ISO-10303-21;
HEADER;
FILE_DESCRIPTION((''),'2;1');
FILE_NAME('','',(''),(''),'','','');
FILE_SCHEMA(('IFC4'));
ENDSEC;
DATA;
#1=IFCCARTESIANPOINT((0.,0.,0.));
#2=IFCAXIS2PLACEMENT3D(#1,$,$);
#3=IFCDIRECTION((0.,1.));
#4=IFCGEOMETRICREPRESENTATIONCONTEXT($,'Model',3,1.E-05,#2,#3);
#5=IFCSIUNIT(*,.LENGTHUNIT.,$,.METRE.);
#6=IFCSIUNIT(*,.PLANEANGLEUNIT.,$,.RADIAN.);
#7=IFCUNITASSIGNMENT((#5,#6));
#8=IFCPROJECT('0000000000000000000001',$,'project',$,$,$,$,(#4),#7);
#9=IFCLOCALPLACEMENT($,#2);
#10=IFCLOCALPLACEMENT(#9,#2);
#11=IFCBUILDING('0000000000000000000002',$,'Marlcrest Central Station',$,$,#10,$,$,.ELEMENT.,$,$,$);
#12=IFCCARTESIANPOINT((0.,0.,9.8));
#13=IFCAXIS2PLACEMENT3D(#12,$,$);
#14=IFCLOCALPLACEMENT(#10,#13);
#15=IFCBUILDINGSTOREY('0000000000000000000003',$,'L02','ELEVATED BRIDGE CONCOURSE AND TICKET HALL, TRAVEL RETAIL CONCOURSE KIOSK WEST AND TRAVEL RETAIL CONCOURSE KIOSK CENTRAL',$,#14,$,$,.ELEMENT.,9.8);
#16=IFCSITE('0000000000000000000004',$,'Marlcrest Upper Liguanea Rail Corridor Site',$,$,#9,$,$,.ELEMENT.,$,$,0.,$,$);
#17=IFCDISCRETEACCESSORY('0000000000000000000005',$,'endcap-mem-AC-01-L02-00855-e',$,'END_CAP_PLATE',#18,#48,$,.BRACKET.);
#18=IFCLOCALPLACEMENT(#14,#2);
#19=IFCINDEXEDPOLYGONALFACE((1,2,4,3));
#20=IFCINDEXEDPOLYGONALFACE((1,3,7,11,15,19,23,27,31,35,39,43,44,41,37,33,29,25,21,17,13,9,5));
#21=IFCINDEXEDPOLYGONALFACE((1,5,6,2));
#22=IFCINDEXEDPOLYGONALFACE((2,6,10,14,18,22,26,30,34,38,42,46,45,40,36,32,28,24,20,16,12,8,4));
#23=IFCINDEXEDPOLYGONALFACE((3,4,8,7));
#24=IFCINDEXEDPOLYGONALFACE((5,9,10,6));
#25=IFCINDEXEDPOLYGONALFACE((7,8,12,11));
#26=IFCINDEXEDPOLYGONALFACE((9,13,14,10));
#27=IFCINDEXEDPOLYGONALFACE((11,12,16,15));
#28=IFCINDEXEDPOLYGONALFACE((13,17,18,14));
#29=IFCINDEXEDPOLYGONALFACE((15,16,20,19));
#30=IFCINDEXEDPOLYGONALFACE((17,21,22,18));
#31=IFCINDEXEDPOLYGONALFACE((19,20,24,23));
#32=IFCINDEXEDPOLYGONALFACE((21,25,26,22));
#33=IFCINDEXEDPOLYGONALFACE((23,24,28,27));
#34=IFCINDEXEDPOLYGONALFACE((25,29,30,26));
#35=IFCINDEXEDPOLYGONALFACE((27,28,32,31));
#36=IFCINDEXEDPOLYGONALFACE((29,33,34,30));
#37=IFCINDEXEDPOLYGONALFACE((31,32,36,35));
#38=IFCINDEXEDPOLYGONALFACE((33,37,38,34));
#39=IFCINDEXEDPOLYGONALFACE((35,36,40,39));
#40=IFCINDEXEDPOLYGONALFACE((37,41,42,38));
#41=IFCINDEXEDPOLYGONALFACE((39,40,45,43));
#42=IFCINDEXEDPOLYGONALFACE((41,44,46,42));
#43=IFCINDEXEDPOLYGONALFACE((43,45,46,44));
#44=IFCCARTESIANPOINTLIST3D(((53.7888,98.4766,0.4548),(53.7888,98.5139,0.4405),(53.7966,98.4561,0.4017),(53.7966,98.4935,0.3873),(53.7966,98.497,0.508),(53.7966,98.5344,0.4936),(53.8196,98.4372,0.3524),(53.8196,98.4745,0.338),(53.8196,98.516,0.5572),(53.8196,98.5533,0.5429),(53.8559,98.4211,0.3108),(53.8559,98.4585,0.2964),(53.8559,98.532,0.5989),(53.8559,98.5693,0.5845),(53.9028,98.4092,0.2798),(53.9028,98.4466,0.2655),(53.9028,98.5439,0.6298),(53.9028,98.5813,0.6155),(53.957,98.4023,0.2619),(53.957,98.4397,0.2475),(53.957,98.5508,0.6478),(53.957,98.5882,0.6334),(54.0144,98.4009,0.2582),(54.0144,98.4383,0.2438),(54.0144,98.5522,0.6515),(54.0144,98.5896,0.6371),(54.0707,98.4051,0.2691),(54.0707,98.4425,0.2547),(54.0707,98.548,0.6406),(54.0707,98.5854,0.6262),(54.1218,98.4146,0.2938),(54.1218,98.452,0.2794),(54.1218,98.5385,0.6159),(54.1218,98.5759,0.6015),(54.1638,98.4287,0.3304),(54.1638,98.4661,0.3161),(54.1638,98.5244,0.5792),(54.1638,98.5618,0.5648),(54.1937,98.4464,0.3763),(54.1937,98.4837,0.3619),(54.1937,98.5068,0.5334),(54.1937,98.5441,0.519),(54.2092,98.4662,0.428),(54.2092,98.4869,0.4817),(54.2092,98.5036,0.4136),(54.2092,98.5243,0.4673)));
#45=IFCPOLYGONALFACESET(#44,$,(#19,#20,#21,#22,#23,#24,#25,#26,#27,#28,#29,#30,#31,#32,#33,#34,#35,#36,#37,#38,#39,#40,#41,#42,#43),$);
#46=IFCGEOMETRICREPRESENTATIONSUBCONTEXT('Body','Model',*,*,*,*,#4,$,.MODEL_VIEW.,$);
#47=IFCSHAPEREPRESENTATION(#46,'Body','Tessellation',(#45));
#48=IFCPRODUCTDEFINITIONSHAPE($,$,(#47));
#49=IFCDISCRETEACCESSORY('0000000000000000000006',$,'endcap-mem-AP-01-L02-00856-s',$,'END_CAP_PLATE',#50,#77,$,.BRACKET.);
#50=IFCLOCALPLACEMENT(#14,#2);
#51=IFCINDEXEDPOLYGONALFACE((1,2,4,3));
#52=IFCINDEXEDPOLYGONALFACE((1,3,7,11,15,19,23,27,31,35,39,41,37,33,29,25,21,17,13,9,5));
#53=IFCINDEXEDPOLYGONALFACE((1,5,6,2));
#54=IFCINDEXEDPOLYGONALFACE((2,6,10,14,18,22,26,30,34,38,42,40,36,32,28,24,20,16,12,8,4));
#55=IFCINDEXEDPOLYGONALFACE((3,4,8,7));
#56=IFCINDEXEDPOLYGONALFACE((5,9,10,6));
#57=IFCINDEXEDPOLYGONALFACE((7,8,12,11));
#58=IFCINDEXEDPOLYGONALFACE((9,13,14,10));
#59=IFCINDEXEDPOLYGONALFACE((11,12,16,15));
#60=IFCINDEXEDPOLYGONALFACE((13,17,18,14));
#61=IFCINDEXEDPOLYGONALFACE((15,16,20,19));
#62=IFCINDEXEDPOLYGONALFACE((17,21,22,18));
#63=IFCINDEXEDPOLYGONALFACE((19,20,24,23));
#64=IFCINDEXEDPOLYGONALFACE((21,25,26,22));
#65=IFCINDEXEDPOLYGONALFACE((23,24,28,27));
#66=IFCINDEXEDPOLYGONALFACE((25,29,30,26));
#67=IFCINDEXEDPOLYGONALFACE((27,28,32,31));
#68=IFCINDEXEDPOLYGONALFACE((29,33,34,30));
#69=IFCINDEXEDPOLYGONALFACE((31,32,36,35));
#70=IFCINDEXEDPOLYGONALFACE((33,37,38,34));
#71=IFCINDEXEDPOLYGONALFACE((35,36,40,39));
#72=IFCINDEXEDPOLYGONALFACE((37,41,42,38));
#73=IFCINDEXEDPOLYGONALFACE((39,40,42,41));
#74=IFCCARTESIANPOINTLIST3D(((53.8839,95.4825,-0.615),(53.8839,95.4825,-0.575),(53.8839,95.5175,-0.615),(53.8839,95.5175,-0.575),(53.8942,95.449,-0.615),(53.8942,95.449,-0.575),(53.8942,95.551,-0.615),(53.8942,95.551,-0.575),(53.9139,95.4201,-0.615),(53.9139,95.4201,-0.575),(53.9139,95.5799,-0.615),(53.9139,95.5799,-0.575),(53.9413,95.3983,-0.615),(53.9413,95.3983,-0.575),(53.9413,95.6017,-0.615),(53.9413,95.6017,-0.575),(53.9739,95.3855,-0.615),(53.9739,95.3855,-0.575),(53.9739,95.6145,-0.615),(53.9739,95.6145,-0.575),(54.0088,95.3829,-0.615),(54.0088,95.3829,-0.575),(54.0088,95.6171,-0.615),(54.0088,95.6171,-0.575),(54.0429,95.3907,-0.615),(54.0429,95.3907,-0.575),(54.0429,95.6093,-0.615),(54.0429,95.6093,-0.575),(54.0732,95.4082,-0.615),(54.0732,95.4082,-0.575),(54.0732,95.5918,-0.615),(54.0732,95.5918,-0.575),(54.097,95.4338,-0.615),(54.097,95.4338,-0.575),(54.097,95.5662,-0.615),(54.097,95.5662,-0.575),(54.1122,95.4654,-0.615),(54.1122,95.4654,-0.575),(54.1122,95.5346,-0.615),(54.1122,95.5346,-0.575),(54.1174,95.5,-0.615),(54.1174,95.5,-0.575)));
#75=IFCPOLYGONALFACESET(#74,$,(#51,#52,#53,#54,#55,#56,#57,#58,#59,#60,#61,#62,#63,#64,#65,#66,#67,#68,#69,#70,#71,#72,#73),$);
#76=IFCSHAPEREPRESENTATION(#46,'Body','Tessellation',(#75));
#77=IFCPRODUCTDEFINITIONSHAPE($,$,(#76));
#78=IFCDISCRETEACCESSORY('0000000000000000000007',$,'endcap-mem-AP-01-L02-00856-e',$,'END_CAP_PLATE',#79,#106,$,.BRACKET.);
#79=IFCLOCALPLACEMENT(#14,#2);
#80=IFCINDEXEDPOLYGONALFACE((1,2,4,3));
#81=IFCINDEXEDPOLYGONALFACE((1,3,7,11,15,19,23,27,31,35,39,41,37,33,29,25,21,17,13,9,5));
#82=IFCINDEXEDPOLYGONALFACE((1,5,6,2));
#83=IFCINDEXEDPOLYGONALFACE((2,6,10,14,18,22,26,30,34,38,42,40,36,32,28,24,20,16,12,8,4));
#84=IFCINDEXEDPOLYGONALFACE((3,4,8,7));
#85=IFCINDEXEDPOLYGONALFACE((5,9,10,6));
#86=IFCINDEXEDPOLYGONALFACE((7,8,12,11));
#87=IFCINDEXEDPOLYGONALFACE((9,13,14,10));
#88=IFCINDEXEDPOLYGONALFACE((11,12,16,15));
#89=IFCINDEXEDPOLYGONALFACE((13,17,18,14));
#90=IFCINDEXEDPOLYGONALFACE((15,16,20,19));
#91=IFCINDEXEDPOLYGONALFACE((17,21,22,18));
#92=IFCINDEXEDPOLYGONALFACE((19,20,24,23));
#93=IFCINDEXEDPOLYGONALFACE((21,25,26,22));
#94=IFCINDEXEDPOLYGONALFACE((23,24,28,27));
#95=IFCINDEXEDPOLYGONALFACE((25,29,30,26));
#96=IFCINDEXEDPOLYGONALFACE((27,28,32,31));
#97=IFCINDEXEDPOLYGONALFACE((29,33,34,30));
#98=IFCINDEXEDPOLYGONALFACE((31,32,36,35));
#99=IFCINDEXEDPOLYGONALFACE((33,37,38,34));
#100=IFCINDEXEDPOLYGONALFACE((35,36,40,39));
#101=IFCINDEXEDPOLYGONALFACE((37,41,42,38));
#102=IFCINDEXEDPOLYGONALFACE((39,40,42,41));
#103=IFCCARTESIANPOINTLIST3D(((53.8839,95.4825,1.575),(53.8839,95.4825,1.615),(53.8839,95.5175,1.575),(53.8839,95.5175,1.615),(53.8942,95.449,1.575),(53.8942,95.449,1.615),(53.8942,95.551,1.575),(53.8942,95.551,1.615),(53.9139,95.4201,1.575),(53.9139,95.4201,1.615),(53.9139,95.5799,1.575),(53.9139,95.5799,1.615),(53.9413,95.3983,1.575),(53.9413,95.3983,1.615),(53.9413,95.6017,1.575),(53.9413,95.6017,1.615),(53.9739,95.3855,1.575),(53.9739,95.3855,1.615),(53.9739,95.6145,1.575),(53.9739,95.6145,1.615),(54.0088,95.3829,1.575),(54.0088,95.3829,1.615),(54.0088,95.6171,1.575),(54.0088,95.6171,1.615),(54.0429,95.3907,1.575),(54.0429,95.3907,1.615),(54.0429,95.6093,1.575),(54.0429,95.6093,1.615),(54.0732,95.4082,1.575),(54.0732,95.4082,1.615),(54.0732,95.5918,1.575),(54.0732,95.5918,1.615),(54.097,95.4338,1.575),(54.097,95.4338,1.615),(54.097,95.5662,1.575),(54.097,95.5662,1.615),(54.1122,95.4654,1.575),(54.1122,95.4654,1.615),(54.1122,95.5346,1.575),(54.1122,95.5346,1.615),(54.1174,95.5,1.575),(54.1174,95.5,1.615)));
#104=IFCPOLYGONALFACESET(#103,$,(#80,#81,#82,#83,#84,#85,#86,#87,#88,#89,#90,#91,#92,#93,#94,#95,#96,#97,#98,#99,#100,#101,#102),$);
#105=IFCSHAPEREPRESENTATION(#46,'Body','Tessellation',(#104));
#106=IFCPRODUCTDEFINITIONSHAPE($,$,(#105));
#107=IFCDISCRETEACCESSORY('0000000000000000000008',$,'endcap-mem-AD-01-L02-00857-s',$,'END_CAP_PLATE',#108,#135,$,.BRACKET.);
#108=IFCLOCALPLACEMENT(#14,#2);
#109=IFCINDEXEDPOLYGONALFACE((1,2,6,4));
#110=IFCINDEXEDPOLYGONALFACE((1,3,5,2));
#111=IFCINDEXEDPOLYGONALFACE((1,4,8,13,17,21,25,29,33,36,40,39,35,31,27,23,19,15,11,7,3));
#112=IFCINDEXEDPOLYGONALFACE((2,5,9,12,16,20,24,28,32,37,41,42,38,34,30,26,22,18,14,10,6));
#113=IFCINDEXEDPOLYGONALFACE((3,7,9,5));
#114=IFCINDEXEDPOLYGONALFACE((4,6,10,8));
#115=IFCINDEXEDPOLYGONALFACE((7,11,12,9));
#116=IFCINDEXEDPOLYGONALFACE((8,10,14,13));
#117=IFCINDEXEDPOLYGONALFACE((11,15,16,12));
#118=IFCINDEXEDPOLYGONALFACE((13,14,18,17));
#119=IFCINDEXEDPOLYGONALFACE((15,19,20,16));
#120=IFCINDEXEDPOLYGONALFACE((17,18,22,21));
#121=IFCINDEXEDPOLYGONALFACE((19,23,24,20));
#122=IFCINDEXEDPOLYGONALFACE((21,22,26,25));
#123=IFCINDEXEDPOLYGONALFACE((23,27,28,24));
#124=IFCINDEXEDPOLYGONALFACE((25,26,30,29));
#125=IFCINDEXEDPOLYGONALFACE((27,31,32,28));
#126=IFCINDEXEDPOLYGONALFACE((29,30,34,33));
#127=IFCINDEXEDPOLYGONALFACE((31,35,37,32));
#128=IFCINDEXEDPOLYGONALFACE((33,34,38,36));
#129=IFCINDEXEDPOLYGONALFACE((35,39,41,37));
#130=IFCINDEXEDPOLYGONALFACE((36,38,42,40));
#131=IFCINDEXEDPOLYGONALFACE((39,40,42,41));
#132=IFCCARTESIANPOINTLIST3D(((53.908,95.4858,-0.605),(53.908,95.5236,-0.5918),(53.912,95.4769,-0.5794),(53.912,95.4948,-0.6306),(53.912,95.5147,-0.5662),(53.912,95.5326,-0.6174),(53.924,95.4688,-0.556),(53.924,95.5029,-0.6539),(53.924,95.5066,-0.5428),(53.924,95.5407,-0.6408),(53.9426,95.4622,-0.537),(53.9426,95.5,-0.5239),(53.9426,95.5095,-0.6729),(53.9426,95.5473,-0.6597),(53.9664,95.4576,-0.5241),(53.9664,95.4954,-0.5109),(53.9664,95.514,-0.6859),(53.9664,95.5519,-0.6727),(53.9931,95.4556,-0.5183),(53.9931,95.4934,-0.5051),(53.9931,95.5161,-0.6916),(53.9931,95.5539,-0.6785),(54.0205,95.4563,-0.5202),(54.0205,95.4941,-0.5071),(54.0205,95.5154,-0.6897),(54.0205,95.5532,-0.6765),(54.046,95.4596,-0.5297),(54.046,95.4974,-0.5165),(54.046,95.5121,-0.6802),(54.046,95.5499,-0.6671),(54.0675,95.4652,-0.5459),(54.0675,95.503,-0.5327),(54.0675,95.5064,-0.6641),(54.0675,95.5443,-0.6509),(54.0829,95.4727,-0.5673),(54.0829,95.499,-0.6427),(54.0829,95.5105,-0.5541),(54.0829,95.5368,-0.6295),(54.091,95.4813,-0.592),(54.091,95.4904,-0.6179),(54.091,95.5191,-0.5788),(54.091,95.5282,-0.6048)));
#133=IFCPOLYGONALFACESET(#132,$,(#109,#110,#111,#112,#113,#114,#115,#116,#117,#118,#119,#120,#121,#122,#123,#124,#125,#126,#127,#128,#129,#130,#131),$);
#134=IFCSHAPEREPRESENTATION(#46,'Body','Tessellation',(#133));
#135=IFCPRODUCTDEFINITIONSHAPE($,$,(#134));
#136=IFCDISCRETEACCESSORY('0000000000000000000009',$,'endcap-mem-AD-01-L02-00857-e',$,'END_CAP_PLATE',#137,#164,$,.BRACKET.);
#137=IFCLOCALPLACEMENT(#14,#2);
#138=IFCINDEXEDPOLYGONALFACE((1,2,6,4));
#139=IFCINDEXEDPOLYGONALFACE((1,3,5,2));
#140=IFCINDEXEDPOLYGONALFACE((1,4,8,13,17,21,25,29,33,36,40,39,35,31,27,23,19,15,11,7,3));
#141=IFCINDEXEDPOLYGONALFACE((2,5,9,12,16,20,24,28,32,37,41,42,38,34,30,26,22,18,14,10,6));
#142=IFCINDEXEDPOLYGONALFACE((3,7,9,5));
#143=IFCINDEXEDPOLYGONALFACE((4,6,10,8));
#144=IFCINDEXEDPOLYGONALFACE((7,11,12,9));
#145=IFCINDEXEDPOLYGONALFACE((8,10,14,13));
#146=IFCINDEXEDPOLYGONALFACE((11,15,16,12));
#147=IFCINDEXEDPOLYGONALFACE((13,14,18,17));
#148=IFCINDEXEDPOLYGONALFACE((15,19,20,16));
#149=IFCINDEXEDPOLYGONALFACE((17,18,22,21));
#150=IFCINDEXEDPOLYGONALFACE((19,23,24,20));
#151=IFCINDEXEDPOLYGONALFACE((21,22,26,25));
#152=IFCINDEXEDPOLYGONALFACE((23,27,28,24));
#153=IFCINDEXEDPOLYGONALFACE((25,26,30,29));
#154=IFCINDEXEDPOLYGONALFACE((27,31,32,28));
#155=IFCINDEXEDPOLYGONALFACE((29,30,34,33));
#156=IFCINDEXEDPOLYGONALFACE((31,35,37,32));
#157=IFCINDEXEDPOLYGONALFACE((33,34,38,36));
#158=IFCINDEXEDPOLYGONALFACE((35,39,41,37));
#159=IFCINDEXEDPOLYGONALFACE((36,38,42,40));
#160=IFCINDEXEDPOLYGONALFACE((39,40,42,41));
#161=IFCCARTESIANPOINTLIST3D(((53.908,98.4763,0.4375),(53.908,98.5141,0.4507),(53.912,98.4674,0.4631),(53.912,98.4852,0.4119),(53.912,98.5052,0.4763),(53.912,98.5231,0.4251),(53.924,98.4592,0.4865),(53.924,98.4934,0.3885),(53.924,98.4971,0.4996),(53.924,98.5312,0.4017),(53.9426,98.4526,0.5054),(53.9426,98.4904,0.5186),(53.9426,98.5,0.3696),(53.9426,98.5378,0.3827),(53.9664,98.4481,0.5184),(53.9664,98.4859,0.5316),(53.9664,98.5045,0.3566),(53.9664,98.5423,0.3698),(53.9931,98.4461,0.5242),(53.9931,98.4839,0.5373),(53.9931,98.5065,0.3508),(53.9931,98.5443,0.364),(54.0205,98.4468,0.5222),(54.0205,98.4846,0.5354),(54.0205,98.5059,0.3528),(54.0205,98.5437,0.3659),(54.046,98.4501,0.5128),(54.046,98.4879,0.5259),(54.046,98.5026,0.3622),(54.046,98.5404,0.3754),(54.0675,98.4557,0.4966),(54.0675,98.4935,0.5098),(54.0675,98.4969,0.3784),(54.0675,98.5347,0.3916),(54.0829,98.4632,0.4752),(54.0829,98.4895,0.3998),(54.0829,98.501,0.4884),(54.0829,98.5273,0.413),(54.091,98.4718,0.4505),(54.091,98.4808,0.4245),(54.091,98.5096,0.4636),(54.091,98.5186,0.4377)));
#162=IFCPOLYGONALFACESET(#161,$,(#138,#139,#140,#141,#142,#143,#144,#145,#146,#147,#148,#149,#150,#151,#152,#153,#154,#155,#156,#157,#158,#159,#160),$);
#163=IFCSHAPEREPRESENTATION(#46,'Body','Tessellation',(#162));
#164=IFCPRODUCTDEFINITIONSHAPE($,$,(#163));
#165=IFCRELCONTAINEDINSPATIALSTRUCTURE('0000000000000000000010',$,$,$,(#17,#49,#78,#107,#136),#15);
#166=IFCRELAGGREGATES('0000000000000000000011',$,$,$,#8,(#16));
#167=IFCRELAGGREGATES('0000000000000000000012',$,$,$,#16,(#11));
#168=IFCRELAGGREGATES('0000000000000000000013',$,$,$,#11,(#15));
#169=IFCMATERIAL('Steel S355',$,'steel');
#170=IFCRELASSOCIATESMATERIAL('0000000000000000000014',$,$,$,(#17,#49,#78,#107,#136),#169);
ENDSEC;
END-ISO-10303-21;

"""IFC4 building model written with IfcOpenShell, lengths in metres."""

from ifc_helpers import new_model, si_unit, direction, frame, origin, origin_2d, place, context, subcontext, project, spatial, circle, extrude, material, element, save


model = new_model("IFC4")

# Units and contexts
model_context = context("Model", 3, precision=1e-05, world=origin(), true_north=direction((0.0, 1.0)))
body_context = subcontext(model_context, "Body", "Model", "MODEL_VIEW")
ifc_project = project(units=[si_unit("LENGTHUNIT", "METRE"), si_unit("PLANEANGLEUNIT", "RADIAN")], contexts=[model_context])

# Site, building, storey
site_placement = place(None, origin())
site = spatial("IfcSite", under=ifc_project, at=site_placement, Name="Marlcrest Upper Liguanea Rail Corridor Site", CompositionType="ELEMENT", RefElevation=0.0)
building_placement = place(site_placement, origin())
building = spatial("IfcBuilding", under=site, at=building_placement, Name="Marlcrest Central Station", CompositionType="ELEMENT")
storey_placement = place(building_placement, frame((0.0, 0.0, 9.8)))
storey = spatial("IfcBuildingStorey", under=building, at=storey_placement, Name="L02", Description="ELEVATED BRIDGE CONCOURSE AND TICKET HALL, TRAVEL RETAIL CONCOURSE KIOSK WEST AND TRAVEL RETAIL CONCOURSE KIOSK CENTRAL", CompositionType="ELEMENT", Elevation=9.8)

# Shared definitions
ifc_material_1 = material(Name="Steel S355", Category="steel")

# Discrete accessories
for number, where, z_axis, x_axis, name in (
    (1, (54.0, 98.4766, 0.4548), (0.0, 0.933324, -0.359035), (-1.0, 0.0, 0.0), "endcap-mem-AC-01-L02-00855-e"),
):
    element("IfcDiscreteAccessory", number, at=place(storey_placement, frame(where, z_axis=z_axis, x_axis=x_axis)), inside=storey, material=ifc_material_1, Name=name, ObjectType="END_CAP_PLATE", PredefinedType="BRACKET", context=body_context, shape_type="SweptSolid", body=[
        extrude(circle(Radius=0.2112, at=origin_2d()), origin(), (0.0, 0.0, 1.0), 0.04),
    ])
for number, where, z_axis, x_axis, name in (
    (2, (54.0, 95.5, -0.615), (0.0, 0.0, 1.0), (1.0, 0.0, 0.0), "endcap-mem-AP-01-L02-00856-s"),
    (3, (54.0, 95.5, 1.575), (0.0, 0.0, 1.0), (1.0, 0.0, 0.0), "endcap-mem-AP-01-L02-00856-e"),
):
    element("IfcDiscreteAccessory", number, at=place(storey_placement, frame(where, z_axis=z_axis, x_axis=x_axis)), inside=storey, material=ifc_material_1, Name=name, ObjectType="END_CAP_PLATE", PredefinedType="BRACKET", context=body_context, shape_type="SweptSolid", body=[
        extrude(circle(Radius=0.1174, at=origin_2d()), origin(), (0.0, 0.0, 1.0), 0.04),
    ])
for number, where, z_axis, x_axis, name in (
    (4, (54.0, 95.4858, -0.605), (0.0, 0.94426, 0.3292), (-1.0, 0.0, 0.0), "endcap-mem-AD-01-L02-00857-s"),
    (5, (54.0, 98.4763, 0.4375), (0.0, 0.94426, 0.3292), (-1.0, 0.0, 0.0), "endcap-mem-AD-01-L02-00857-e"),
):
    element("IfcDiscreteAccessory", number, at=place(storey_placement, frame(where, z_axis=z_axis, x_axis=x_axis)), inside=storey, material=ifc_material_1, Name=name, ObjectType="END_CAP_PLATE", PredefinedType="BRACKET", context=body_context, shape_type="SweptSolid", body=[
        extrude(circle(Radius=0.092, at=origin_2d()), origin(), (0.0, 0.0, 1.0), 0.04),
    ])

save(model, "model.ifc")
